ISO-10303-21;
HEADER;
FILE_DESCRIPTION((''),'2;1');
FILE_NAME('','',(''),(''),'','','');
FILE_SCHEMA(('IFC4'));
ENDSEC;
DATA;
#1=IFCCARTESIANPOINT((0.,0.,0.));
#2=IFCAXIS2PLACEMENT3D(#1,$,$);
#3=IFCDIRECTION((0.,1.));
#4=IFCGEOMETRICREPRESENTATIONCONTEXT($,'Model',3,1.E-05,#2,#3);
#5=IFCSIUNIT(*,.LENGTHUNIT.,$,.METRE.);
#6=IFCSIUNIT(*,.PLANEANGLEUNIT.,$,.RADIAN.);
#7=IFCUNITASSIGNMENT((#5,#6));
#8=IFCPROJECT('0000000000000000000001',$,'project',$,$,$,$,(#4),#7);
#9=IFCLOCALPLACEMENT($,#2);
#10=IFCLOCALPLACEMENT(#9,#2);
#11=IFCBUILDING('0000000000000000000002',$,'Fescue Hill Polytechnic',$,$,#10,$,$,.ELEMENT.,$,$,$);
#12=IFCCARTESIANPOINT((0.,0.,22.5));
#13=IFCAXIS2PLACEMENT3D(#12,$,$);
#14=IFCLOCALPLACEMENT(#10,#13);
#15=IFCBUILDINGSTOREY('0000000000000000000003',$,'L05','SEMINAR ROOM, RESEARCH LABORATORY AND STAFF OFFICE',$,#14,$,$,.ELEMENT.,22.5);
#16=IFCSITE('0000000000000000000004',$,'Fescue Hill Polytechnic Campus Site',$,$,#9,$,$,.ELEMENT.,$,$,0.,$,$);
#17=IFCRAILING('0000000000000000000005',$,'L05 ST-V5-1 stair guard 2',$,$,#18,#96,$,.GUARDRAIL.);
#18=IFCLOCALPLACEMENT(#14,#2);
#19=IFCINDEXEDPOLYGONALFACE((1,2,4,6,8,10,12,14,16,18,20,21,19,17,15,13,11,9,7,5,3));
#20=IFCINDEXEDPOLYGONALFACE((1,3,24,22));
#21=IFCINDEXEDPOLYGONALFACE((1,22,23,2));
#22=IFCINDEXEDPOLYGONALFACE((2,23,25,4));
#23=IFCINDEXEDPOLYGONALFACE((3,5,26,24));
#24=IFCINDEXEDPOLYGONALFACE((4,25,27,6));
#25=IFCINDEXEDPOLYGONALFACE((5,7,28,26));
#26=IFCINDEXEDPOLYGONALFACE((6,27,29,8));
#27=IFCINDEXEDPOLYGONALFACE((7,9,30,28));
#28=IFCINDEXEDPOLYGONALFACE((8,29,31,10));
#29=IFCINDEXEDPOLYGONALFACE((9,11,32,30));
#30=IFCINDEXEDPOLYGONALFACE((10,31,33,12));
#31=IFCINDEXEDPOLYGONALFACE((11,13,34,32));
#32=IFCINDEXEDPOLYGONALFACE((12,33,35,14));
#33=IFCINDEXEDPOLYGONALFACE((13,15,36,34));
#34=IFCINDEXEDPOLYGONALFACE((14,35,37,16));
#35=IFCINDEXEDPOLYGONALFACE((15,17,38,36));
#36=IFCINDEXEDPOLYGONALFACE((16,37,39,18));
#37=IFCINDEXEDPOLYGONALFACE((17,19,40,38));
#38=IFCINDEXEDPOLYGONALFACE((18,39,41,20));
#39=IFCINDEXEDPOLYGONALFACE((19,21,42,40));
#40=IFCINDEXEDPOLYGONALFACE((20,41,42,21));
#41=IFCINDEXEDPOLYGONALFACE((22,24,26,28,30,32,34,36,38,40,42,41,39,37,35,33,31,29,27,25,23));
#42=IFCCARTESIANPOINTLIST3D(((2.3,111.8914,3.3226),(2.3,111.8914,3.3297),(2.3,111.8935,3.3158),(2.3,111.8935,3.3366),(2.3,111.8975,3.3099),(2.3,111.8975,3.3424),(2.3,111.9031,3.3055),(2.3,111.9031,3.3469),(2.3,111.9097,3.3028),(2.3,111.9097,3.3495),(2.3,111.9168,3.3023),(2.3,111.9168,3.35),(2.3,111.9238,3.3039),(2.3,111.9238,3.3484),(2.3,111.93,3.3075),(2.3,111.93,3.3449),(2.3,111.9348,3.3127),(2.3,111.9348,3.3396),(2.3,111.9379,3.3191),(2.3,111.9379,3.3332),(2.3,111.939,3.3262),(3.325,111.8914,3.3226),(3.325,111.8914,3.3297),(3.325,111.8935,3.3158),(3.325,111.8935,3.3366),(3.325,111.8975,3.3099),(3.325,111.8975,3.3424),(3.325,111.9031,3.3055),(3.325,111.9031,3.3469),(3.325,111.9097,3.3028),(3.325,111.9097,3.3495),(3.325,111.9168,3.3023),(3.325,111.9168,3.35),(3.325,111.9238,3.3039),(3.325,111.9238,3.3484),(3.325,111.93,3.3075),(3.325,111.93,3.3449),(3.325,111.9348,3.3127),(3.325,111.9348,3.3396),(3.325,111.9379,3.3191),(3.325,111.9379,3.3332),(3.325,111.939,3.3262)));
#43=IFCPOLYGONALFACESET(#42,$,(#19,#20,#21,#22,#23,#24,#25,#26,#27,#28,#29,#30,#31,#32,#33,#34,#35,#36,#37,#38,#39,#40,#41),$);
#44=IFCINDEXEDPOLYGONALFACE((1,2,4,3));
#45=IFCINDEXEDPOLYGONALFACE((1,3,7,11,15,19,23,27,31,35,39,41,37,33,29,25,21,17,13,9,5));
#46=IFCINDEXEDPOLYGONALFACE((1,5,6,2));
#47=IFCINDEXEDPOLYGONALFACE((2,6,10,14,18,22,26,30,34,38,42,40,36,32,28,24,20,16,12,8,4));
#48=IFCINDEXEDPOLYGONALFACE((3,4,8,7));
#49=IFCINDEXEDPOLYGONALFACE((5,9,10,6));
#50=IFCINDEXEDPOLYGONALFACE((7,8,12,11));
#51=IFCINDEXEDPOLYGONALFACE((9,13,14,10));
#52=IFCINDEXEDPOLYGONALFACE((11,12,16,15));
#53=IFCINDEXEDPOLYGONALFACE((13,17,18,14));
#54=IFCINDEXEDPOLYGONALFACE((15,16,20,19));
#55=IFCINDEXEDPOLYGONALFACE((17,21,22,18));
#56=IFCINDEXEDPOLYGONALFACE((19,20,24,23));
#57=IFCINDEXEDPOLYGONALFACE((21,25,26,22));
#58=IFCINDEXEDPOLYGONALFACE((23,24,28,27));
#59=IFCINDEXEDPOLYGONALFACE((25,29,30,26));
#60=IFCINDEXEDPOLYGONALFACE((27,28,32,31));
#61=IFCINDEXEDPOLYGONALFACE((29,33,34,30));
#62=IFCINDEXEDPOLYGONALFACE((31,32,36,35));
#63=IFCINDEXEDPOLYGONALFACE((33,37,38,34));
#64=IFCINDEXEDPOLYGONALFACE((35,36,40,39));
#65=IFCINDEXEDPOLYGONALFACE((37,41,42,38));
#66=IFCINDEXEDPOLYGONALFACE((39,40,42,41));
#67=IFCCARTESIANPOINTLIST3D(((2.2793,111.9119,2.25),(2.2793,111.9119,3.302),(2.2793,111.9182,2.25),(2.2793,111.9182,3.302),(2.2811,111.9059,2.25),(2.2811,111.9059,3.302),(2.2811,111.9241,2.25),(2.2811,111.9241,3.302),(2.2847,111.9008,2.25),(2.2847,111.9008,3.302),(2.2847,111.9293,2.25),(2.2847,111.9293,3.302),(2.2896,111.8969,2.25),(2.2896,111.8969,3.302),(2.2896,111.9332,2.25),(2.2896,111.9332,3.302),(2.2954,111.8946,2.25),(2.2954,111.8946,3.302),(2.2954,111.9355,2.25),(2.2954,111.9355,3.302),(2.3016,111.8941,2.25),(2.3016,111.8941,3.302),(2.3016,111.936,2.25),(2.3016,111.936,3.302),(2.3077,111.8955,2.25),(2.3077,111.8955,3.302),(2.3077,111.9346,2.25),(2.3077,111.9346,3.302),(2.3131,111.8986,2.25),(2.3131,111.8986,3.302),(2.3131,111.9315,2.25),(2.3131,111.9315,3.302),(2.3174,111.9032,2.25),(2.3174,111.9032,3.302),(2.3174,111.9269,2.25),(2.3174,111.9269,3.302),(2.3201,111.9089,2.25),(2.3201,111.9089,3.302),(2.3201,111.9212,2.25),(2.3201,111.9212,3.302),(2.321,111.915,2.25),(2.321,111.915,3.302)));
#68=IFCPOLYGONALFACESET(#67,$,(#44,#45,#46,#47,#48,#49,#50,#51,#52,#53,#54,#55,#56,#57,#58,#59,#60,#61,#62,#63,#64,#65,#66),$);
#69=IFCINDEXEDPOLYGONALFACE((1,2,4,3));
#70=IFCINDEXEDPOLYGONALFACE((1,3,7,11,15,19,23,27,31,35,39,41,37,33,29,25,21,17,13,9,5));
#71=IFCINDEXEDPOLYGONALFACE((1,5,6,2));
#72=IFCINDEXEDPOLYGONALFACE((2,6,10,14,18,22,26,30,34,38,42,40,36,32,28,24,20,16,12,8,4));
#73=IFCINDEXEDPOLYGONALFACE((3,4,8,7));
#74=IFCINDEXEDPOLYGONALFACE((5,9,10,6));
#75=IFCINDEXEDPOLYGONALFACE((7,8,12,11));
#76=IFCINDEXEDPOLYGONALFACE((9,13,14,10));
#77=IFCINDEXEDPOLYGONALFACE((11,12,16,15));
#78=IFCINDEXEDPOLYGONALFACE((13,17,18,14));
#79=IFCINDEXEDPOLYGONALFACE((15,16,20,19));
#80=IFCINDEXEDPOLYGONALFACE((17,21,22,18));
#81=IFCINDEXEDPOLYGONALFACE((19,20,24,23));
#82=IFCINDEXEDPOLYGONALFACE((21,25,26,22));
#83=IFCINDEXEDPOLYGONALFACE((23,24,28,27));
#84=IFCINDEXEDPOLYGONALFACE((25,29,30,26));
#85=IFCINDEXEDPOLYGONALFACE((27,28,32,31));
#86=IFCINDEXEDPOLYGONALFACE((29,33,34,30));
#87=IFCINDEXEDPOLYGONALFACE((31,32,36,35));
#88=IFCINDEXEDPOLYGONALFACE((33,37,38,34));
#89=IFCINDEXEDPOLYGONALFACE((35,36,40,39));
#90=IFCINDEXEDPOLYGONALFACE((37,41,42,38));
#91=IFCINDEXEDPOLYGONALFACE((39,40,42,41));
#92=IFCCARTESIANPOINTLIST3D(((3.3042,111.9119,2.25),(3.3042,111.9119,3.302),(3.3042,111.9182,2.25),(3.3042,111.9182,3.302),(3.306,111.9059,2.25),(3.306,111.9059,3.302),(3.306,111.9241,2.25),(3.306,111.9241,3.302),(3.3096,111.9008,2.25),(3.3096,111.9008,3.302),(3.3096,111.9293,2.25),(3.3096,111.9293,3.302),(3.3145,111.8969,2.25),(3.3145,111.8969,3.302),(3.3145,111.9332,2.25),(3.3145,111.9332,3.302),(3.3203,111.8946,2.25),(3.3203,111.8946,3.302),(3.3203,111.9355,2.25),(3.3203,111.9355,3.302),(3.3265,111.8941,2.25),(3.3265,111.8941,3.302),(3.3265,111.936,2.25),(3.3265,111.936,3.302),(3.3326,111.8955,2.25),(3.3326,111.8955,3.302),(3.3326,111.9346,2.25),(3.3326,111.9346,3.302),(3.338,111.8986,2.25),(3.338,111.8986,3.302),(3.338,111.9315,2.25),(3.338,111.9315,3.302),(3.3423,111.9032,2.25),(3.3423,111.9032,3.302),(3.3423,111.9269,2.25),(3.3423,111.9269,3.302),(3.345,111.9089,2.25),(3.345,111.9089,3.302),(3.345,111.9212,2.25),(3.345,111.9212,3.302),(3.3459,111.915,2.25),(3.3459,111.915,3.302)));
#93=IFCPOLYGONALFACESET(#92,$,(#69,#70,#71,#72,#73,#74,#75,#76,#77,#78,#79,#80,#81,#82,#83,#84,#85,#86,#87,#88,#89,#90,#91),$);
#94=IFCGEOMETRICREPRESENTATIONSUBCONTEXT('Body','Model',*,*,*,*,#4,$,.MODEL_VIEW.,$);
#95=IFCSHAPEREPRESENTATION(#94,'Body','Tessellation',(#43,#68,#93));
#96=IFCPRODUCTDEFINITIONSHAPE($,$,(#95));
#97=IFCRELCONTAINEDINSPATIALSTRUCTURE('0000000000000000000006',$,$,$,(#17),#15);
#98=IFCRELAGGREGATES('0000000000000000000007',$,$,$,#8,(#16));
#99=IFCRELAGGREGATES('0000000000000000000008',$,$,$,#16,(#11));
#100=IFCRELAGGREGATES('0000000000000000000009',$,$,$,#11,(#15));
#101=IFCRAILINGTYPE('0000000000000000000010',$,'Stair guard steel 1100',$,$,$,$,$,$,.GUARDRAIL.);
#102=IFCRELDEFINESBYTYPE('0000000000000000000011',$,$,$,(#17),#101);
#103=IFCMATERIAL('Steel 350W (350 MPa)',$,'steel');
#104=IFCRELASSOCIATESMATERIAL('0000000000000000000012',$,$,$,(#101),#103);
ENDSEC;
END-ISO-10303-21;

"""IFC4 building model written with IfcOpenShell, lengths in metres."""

from ifc_helpers import new_model, si_unit, direction, frame, origin, origin_2d, place, context, subcontext, project, spatial, circle, extrude, material, type_object, element, save


model = new_model("IFC4")

# Units and contexts
model_context = context("Model", 3, precision=1e-05, world=origin(), true_north=direction((0.0, 1.0)))
body_context = subcontext(model_context, "Body", "Model", "MODEL_VIEW")
ifc_project = project(units=[si_unit("LENGTHUNIT", "METRE"), si_unit("PLANEANGLEUNIT", "RADIAN")], contexts=[model_context])

# Site, building, storey
site_placement = place(None, origin())
site = spatial("IfcSite", under=ifc_project, at=site_placement, Name="Fescue Hill Polytechnic Campus Site", CompositionType="ELEMENT", RefElevation=0.0)
building_placement = place(site_placement, origin())
building = spatial("IfcBuilding", under=site, at=building_placement, Name="Fescue Hill Polytechnic", CompositionType="ELEMENT")
storey_placement = place(building_placement, frame((0.0, 0.0, 22.5)))
storey = spatial("IfcBuildingStorey", under=building, at=storey_placement, Name="L05", Description="SEMINAR ROOM, RESEARCH LABORATORY AND STAFF OFFICE", CompositionType="ELEMENT", Elevation=22.5)

# Railing
ifc_material_1 = material(Name="Steel 350W (350 MPa)", Category="steel")
railing_type_1 = type_object("IfcRailingType", Name="Stair guard steel 1100", PredefinedType="GUARDRAIL", material=ifc_material_1)
railing_1_placement = place(storey_placement, frame((2.3, 111.915, 2.25)))
element("IfcRailing", 1, at=railing_1_placement, inside=storey, type_object=railing_type_1, Name="L05 ST-V5-1 stair guard 2", PredefinedType="GUARDRAIL", context=body_context, shape_type="SweptSolid", body=[
    extrude(circle(Radius=0.0239, at=origin_2d()), frame((0.0, 0.0, 1.0762), z_axis=(1.0, 0.0, 0.0), x_axis=(0.0, 1.0, 0.0)), (0.0, 0.0, 1.0), 1.0249),
    extrude(circle(Radius=0.021, at=origin_2d()), origin(), (0.0, 0.0, 1.0), 1.052),
    extrude(circle(Radius=0.021, at=origin_2d()), frame((1.0249, 0.0, 0.0)), (0.0, 0.0, 1.0), 1.052),
])

save(model, "model.ifc")
